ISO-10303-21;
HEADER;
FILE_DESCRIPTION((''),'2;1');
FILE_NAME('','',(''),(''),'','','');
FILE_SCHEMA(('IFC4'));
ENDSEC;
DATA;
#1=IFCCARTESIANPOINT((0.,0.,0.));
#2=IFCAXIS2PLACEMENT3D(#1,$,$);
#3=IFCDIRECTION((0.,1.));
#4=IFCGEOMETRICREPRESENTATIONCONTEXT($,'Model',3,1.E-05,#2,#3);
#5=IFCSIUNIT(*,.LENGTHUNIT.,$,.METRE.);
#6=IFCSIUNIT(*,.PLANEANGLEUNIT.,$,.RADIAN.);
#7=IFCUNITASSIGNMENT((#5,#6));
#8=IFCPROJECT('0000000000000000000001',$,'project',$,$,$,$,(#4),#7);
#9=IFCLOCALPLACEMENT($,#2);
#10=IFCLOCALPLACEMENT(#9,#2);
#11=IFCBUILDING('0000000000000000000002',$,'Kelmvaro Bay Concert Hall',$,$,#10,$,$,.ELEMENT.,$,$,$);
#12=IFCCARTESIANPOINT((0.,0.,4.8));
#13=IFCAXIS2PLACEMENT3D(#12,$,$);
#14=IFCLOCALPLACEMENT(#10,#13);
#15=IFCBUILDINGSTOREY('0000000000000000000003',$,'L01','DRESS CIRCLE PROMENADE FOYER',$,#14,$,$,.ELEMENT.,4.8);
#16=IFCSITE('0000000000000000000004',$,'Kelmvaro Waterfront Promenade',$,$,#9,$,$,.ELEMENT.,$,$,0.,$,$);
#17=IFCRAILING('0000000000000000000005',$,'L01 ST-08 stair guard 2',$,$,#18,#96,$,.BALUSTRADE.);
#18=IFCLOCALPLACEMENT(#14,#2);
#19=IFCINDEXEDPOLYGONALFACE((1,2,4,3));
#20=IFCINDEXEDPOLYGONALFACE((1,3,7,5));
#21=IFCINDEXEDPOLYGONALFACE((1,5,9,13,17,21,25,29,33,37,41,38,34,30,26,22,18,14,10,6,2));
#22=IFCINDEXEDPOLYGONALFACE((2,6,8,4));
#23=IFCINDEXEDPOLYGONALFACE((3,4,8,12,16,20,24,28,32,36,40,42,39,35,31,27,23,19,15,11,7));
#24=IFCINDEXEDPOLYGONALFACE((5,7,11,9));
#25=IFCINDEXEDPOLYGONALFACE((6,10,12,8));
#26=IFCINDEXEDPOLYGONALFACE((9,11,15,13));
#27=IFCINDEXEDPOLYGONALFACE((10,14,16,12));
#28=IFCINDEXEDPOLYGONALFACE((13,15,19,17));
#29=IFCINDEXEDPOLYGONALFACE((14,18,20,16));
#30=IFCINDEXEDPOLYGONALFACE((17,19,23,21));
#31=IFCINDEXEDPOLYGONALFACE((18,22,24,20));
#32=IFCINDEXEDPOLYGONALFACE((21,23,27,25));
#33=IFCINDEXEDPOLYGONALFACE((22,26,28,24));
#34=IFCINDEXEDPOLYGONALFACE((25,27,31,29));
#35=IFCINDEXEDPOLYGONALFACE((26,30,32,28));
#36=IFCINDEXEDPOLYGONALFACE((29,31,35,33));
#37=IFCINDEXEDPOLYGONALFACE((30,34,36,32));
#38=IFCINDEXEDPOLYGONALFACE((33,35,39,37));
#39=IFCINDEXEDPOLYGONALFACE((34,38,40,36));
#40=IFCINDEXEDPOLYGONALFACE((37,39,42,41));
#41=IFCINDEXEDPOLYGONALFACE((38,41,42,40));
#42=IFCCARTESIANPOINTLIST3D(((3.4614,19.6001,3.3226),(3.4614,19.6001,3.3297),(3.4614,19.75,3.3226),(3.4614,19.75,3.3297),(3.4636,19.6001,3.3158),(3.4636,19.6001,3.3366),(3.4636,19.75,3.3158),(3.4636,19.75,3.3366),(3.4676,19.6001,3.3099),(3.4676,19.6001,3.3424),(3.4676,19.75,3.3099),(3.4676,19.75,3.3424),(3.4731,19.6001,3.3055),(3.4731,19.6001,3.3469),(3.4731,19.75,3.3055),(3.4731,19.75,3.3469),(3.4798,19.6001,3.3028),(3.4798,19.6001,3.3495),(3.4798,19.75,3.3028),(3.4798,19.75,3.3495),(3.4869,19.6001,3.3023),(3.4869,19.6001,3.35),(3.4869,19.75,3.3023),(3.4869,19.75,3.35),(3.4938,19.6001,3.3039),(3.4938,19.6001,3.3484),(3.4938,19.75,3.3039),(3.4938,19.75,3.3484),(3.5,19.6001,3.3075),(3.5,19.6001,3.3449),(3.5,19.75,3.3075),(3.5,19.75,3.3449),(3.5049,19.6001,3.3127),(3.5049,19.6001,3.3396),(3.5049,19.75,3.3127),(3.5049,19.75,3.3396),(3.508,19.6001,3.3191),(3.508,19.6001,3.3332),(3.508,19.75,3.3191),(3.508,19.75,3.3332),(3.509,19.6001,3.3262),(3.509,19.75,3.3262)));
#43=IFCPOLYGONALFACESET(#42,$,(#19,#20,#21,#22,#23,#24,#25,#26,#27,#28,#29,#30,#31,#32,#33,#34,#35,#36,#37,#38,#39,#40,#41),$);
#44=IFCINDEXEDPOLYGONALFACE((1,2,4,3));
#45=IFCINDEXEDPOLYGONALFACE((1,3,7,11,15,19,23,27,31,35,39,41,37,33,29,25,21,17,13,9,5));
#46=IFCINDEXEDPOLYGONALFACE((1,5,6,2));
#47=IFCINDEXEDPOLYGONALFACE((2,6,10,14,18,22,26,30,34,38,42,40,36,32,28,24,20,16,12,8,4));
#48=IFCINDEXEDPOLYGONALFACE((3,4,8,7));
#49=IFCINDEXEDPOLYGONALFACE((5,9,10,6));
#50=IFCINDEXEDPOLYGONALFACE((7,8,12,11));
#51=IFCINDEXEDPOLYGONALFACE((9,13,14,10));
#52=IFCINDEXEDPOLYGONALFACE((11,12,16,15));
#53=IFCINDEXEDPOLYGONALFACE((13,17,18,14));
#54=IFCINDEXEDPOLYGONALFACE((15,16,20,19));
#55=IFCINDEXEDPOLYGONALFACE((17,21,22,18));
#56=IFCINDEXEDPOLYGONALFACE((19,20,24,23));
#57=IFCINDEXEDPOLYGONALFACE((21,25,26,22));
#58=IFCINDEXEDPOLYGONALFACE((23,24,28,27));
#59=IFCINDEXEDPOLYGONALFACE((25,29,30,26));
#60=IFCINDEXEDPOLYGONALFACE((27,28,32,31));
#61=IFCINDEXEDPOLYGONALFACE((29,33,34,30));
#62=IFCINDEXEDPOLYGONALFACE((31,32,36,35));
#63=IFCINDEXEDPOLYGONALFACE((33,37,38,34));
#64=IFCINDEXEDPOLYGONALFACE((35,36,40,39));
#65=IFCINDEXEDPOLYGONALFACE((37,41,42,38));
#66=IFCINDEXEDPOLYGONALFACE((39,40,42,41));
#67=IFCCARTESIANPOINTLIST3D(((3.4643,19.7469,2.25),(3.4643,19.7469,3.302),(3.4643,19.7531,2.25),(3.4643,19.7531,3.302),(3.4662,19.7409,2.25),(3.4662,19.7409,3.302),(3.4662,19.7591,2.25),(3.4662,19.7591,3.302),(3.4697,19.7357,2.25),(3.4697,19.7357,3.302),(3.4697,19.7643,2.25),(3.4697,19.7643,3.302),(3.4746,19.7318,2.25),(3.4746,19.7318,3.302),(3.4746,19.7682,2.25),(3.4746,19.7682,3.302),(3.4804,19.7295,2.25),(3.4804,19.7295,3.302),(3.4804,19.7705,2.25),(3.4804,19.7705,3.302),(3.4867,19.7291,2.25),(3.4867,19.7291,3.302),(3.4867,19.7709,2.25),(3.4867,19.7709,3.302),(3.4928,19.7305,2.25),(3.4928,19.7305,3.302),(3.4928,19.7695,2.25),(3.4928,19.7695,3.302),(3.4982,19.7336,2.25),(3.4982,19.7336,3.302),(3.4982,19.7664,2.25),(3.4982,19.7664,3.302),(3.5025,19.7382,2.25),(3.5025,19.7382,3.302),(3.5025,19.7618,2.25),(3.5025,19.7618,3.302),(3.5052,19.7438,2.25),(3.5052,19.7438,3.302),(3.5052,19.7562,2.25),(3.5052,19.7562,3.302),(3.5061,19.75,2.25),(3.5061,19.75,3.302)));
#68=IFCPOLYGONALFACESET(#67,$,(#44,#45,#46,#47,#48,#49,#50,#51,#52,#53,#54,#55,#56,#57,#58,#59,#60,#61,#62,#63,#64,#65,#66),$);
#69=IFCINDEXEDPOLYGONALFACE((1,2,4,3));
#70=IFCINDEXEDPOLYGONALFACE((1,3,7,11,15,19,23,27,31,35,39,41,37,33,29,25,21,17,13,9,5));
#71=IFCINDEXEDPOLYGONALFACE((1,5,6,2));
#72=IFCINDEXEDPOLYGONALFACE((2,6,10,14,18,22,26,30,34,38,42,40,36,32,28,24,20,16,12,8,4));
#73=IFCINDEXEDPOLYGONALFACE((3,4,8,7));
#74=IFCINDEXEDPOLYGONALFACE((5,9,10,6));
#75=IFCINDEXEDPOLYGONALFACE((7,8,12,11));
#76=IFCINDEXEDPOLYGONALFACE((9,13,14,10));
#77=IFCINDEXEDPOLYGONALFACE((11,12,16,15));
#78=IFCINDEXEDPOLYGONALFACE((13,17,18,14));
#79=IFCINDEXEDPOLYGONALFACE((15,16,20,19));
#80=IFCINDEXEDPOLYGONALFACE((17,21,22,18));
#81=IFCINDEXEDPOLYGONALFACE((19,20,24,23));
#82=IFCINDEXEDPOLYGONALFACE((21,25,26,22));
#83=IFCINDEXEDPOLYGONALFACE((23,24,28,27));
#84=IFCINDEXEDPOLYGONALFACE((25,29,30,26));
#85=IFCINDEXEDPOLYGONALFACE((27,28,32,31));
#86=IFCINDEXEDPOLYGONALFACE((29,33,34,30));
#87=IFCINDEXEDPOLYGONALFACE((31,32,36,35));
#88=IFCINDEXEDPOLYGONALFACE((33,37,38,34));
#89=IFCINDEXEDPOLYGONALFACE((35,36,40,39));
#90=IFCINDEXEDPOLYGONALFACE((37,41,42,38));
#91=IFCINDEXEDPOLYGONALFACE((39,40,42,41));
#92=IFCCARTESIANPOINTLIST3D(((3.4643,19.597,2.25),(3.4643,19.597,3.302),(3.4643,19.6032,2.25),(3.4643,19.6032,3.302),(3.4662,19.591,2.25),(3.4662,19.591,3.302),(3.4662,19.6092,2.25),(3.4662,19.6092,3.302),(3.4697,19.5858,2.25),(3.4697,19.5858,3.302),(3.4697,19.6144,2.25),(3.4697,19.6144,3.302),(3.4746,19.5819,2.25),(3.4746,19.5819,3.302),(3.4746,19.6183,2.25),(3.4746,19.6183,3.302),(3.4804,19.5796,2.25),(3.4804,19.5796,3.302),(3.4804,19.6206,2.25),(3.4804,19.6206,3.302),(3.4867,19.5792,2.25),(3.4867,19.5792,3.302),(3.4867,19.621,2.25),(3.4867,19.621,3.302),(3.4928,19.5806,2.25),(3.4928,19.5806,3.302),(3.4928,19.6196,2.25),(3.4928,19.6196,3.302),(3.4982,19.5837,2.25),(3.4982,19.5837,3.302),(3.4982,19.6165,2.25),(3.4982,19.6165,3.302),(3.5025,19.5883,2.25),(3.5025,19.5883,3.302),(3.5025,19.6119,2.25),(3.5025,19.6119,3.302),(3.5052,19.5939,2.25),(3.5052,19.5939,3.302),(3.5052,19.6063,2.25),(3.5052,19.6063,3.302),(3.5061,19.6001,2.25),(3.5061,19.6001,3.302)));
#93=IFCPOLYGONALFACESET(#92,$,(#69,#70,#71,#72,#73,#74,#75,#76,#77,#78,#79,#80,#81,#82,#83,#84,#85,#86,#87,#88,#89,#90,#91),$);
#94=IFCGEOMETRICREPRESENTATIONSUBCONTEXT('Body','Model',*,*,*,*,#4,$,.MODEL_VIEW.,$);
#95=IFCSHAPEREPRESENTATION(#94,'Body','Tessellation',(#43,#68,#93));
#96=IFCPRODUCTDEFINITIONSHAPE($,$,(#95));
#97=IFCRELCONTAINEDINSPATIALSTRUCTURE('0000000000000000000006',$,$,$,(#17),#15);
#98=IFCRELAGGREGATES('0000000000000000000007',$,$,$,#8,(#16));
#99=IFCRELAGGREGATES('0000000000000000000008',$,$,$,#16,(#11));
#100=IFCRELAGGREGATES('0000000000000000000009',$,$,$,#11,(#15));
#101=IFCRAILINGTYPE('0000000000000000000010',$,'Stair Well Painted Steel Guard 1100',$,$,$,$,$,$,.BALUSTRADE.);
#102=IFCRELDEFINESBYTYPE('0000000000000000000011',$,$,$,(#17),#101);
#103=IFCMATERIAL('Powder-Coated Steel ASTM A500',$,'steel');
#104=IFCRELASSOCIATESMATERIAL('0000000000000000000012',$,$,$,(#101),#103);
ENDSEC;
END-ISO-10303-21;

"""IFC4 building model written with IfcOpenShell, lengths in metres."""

from ifc_helpers import new_model, si_unit, direction, frame, origin, origin_2d, place, context, subcontext, project, spatial, circle, extrude, material, type_object, element, save


model = new_model("IFC4")

# Units and contexts
model_context = context("Model", 3, precision=1e-05, world=origin(), true_north=direction((0.0, 1.0)))
body_context = subcontext(model_context, "Body", "Model", "MODEL_VIEW")
ifc_project = project(units=[si_unit("LENGTHUNIT", "METRE"), si_unit("PLANEANGLEUNIT", "RADIAN")], contexts=[model_context])

# Site, building, storey
site_placement = place(None, origin())
site = spatial("IfcSite", under=ifc_project, at=site_placement, Name="Kelmvaro Waterfront Promenade", CompositionType="ELEMENT", RefElevation=0.0)
building_placement = place(site_placement, origin())
building = spatial("IfcBuilding", under=site, at=building_placement, Name="Kelmvaro Bay Concert Hall", CompositionType="ELEMENT")
storey_placement = place(building_placement, frame((0.0, 0.0, 4.8)))
storey = spatial("IfcBuildingStorey", under=building, at=storey_placement, Name="L01", Description="DRESS CIRCLE PROMENADE FOYER", CompositionType="ELEMENT", Elevation=4.8)

# Railing
ifc_material_1 = material(Name="Powder-Coated Steel ASTM A500", Category="steel")
railing_type_1 = type_object("IfcRailingType", Name="Stair Well Painted Steel Guard 1100", PredefinedType="BALUSTRADE", material=ifc_material_1)
railing_1_placement = place(storey_placement, frame((3.4851, 19.75, 2.25)))
element("IfcRailing", 1, at=railing_1_placement, inside=storey, type_object=railing_type_1, Name="L01 ST-08 stair guard 2", PredefinedType="BALUSTRADE", context=body_context, shape_type="SweptSolid", body=[
    extrude(circle(Radius=0.0239, at=origin_2d()), frame((0.0, 0.0, 1.0762), z_axis=(0.0, -1.0, 0.0), x_axis=(1.0, 0.0, 0.0)), (0.0, 0.0, 1.0), 0.1499),
    extrude(circle(Radius=0.021, at=origin_2d()), origin(), (0.0, 0.0, 1.0), 1.052),
    extrude(circle(Radius=0.021, at=origin_2d()), frame((0.0, -0.1499, 0.0)), (0.0, 0.0, 1.0), 1.052),
])

save(model, "model.ifc")
